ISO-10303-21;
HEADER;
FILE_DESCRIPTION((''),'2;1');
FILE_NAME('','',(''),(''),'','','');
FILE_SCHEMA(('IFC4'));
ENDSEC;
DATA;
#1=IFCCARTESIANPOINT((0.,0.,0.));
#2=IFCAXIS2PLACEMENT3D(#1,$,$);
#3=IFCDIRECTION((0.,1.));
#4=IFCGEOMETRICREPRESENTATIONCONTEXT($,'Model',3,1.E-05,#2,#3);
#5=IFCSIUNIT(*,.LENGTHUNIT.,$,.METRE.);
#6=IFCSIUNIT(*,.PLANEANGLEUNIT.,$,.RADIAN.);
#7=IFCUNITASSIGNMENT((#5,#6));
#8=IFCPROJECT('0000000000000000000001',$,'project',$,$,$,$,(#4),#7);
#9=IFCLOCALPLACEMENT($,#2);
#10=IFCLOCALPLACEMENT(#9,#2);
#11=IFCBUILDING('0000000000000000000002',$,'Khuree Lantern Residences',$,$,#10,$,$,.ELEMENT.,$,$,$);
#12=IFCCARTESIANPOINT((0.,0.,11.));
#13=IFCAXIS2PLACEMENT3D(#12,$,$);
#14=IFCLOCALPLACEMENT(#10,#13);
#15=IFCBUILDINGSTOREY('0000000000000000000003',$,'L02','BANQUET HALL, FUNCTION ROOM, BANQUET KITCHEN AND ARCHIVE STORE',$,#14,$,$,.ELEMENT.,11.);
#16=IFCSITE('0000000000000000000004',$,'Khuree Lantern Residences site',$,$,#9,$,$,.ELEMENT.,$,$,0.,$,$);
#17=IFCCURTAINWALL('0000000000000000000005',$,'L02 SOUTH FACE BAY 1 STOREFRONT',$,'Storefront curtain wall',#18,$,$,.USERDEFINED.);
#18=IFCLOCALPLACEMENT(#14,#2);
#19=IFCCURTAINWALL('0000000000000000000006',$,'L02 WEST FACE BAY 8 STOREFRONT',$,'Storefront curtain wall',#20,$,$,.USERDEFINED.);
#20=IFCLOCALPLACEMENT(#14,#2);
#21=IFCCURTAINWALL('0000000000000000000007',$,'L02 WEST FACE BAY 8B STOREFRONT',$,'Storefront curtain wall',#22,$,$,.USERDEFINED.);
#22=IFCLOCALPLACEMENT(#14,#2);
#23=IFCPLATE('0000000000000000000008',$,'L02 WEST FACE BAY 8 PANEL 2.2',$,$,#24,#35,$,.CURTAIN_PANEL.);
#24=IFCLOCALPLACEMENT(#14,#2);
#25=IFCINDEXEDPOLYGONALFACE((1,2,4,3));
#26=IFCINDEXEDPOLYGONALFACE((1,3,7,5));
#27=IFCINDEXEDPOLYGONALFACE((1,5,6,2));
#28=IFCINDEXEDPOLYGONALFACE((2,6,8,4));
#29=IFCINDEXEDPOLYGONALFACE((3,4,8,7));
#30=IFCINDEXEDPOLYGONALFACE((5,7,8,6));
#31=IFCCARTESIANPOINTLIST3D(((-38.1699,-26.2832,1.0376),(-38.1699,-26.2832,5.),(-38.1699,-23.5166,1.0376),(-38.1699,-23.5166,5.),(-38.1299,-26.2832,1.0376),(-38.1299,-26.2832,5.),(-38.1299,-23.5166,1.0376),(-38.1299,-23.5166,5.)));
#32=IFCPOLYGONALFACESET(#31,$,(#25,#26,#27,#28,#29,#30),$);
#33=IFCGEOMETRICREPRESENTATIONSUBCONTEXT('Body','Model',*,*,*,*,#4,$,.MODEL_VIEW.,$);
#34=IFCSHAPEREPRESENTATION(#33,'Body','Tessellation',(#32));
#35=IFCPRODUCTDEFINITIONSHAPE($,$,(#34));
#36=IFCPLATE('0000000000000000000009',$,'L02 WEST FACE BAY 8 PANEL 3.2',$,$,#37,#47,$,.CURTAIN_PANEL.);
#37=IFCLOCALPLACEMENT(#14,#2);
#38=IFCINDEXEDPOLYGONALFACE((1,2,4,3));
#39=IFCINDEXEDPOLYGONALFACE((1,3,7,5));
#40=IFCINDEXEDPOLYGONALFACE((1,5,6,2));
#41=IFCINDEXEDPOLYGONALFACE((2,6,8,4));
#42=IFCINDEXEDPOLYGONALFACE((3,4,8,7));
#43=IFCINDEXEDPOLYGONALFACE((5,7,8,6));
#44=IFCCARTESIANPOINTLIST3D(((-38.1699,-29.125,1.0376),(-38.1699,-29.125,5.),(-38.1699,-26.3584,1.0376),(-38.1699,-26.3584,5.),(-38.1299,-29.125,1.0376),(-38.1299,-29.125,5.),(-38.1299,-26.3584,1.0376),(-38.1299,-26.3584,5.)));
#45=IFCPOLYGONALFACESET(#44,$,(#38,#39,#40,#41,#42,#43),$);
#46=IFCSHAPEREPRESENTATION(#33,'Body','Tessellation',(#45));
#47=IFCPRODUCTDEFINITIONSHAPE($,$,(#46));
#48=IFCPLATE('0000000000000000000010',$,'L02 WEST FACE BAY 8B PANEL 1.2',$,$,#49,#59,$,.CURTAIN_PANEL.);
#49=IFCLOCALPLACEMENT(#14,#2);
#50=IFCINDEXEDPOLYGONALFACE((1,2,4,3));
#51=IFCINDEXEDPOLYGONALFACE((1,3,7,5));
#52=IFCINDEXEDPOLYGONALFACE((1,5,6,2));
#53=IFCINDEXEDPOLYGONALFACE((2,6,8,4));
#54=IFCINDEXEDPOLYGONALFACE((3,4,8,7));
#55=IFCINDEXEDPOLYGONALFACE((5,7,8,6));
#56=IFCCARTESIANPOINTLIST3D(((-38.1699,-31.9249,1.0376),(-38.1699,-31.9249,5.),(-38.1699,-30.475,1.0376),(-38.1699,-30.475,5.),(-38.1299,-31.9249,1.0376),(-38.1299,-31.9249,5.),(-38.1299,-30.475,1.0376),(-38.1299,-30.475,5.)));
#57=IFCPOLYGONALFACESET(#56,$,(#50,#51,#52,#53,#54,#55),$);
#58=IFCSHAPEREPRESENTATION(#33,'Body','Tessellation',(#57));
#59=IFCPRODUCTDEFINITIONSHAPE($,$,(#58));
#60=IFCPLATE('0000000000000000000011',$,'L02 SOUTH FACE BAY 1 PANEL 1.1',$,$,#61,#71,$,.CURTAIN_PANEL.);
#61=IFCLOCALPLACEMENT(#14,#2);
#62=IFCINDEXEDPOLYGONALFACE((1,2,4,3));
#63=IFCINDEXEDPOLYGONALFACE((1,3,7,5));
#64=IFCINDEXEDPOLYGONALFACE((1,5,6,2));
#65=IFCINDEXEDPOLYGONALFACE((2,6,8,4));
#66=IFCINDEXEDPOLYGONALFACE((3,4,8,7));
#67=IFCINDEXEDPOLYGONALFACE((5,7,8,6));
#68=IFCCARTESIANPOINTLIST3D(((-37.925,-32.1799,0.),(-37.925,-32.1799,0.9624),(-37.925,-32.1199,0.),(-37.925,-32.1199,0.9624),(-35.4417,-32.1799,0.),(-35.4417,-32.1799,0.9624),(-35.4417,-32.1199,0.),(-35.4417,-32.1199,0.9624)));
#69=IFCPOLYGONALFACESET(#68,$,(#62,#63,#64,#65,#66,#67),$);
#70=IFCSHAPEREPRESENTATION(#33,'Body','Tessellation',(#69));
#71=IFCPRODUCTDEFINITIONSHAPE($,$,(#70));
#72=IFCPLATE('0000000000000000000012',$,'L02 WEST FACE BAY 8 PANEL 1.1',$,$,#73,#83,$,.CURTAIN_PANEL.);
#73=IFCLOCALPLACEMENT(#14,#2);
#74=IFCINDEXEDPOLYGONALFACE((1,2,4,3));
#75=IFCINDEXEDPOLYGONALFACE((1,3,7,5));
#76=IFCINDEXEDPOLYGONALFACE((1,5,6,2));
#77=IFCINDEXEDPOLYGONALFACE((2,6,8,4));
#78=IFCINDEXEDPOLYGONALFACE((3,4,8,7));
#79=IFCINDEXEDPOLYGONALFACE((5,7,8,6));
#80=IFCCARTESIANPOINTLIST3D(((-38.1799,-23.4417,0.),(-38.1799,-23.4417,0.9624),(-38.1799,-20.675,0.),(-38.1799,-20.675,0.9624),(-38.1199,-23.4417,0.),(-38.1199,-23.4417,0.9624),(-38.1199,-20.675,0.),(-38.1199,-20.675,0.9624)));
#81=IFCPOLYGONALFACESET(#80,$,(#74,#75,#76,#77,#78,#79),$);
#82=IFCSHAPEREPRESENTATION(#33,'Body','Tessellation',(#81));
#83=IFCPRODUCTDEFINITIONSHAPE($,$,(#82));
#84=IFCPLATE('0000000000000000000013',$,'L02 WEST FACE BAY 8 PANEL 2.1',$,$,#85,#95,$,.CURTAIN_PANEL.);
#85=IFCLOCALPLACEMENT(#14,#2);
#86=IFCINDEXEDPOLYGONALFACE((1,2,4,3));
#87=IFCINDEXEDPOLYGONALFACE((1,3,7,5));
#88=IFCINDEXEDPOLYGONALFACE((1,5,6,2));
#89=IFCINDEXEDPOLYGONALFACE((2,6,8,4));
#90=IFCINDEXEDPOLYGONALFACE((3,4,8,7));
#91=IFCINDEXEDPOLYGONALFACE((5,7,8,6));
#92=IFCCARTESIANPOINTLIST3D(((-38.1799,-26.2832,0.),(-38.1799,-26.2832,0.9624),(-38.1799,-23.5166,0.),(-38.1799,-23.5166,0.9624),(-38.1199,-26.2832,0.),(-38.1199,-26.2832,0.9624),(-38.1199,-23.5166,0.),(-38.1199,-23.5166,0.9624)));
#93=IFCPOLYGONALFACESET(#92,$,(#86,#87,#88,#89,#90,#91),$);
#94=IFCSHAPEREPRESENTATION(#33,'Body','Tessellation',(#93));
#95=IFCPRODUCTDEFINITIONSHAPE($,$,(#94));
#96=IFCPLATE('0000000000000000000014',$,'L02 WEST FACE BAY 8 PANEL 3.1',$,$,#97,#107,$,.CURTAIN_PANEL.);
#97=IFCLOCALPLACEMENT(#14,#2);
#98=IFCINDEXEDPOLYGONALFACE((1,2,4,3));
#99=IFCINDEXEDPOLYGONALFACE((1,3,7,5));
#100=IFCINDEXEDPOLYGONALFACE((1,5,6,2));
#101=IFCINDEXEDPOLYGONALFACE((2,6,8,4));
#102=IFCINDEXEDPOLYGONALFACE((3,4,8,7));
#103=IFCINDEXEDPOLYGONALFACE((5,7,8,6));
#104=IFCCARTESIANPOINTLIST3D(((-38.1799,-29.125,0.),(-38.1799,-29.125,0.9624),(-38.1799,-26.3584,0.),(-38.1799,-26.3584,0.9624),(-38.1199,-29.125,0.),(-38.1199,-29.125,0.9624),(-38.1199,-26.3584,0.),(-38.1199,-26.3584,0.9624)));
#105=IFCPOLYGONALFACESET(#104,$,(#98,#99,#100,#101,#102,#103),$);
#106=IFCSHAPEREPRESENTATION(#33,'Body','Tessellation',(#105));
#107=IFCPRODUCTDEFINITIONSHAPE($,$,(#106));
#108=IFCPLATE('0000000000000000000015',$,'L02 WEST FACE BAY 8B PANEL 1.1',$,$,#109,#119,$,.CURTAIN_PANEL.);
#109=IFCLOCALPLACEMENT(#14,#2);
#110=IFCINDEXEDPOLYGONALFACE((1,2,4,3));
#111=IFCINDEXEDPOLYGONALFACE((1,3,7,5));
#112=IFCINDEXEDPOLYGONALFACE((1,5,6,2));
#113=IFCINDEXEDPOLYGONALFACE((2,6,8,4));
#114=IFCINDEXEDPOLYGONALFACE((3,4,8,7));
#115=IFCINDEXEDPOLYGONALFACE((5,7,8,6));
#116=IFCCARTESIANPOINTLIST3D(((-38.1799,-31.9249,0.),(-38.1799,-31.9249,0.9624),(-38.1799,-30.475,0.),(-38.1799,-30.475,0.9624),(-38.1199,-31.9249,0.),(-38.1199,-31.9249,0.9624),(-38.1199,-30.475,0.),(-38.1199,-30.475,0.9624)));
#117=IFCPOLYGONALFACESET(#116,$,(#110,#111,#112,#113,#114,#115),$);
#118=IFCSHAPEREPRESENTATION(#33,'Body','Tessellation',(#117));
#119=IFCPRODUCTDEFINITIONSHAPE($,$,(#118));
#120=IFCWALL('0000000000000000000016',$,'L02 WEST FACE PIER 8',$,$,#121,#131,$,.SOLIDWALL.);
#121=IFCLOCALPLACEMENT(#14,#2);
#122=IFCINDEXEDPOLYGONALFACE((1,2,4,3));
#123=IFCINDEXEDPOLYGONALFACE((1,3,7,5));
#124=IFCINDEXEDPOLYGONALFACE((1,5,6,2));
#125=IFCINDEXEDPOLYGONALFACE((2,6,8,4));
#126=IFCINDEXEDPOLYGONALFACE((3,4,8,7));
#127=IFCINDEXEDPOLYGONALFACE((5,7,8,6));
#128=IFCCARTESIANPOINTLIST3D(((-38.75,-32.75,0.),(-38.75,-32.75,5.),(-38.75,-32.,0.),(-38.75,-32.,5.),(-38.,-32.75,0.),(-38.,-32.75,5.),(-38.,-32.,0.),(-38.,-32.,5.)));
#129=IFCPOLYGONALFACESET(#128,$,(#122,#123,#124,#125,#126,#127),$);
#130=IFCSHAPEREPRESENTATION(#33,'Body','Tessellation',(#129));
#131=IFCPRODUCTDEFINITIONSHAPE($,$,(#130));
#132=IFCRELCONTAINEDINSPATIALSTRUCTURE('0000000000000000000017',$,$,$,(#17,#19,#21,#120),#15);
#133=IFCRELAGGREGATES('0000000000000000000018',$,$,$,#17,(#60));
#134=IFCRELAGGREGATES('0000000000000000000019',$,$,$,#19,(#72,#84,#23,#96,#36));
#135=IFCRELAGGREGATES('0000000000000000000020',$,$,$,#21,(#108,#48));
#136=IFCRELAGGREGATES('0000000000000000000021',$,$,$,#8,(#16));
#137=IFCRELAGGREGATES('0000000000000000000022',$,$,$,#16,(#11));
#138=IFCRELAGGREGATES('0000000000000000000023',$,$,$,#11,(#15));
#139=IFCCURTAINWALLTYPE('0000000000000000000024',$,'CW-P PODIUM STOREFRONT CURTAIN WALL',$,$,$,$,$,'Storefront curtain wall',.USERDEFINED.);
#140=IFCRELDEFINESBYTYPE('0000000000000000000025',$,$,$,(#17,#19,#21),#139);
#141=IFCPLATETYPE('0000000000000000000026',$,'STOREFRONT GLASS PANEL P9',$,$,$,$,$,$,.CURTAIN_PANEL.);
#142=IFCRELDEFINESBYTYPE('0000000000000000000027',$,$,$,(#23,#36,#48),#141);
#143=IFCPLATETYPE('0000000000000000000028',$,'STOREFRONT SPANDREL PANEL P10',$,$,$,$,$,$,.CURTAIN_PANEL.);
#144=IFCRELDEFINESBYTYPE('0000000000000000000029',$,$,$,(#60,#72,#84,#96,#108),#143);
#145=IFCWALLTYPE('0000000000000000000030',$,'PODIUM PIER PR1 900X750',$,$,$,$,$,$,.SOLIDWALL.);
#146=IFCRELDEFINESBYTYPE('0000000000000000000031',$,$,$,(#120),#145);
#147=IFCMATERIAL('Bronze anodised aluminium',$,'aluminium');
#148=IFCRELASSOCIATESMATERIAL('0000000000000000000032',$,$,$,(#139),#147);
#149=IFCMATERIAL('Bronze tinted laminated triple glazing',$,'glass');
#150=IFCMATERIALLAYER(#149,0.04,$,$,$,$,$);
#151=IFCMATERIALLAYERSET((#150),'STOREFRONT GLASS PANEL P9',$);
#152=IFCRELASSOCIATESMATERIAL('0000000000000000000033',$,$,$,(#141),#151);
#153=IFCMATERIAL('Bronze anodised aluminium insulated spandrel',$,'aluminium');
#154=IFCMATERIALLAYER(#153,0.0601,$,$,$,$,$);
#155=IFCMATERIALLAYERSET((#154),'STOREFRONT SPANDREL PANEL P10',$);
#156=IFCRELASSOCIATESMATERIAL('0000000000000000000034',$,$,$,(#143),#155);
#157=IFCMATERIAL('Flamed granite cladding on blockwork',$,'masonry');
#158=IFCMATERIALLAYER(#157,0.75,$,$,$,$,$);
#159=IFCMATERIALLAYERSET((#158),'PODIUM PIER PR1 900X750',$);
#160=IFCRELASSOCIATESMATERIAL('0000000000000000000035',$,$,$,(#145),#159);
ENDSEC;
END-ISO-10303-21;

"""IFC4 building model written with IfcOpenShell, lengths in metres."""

from ifc_helpers import new_model, si_unit, direction, frame, frame_2d, origin, origin_2d, place, context, subcontext, project, spatial, rectangle, extrude, material, layer, layer_set, type_object, element, aggregate, save


model = new_model("IFC4")

# Units and contexts
model_context = context("Model", 3, precision=1e-05, world=origin(), true_north=direction((0.0, 1.0)))
body_context = subcontext(model_context, "Body", "Model", "MODEL_VIEW")
ifc_project = project(units=[si_unit("LENGTHUNIT", "METRE"), si_unit("PLANEANGLEUNIT", "RADIAN")], contexts=[model_context])

# Site, building, storey
site_placement = place(None, origin())
site = spatial("IfcSite", under=ifc_project, at=site_placement, Name="Khuree Lantern Residences site", CompositionType="ELEMENT", RefElevation=0.0)
building_placement = place(site_placement, origin())
building = spatial("IfcBuilding", under=site, at=building_placement, Name="Khuree Lantern Residences", CompositionType="ELEMENT")
storey_placement = place(building_placement, frame((0.0, 0.0, 11.0)))
storey = spatial("IfcBuildingStorey", under=building, at=storey_placement, Name="L02", Description="BANQUET HALL, FUNCTION ROOM, BANQUET KITCHEN AND ARCHIVE STORE", CompositionType="ELEMENT", Elevation=11.0)

# Curtain wall
ifc_material_1 = material(Name="Bronze anodised aluminium", Category="aluminium")
curtain_wall_type = type_object("IfcCurtainWallType", Name="CW-P PODIUM STOREFRONT CURTAIN WALL", ElementType="Storefront curtain wall", PredefinedType="USERDEFINED", material=ifc_material_1)
curtain_wall_1_placement = place(storey_placement, origin())
curtain_wall_1 = element("IfcCurtainWall", 1, at=curtain_wall_1_placement, inside=storey, type_object=curtain_wall_type, Name="L02 SOUTH FACE BAY 1 STOREFRONT", ObjectType="Storefront curtain wall", PredefinedType="USERDEFINED")

# Curtain walls
curtain_wall_2_placement = place(storey_placement, origin())
curtain_wall_2 = element("IfcCurtainWall", 2, at=curtain_wall_2_placement, inside=storey, type_object=curtain_wall_type, Name="L02 WEST FACE BAY 8 STOREFRONT", ObjectType="Storefront curtain wall", PredefinedType="USERDEFINED")
curtain_wall_3_placement = place(storey_placement, origin())
curtain_wall_3 = element("IfcCurtainWall", 3, at=curtain_wall_3_placement, inside=storey, type_object=curtain_wall_type, Name="L02 WEST FACE BAY 8B STOREFRONT", ObjectType="Storefront curtain wall", PredefinedType="USERDEFINED")

# Plates
ifc_material_2 = material(Name="Bronze tinted laminated triple glazing", Category="glass")
ifc_layer_1 = layer(ifc_material_2, 0.04)
ifc_layer_set_1 = layer_set([ifc_layer_1], Name="STOREFRONT GLASS PANEL P9")
plate_type_1 = type_object("IfcPlateType", Name="STOREFRONT GLASS PANEL P9", PredefinedType="CURTAIN_PANEL", material=ifc_layer_set_1)
plate_1_placement = place(storey_placement, frame((-38.1499, -24.8999, 1.0376), z_axis=(0.0, 0.0, 1.0), x_axis=(0.0, -1.0, 0.0)))
plate_1 = element("IfcPlate", 4, at=plate_1_placement, type_object=plate_type_1, Name="L02 WEST FACE BAY 8 PANEL 2.2", PredefinedType="CURTAIN_PANEL", context=body_context, shape_type="SweptSolid", body=[
    extrude(rectangle(XDim=2.7666, YDim=0.04, at=origin_2d()), origin(), (0.0, 0.0, 1.0), 3.9624),
])
plate_2_placement = place(storey_placement, frame((-38.1499, -27.7417, 1.0376), z_axis=(0.0, 0.0, 1.0), x_axis=(0.0, -1.0, 0.0)))
plate_2 = element("IfcPlate", 5, at=plate_2_placement, type_object=plate_type_1, Name="L02 WEST FACE BAY 8 PANEL 3.2", PredefinedType="CURTAIN_PANEL", context=body_context, shape_type="SweptSolid", body=[
    extrude(rectangle(XDim=2.7666, YDim=0.04, at=origin_2d()), origin(), (0.0, 0.0, 1.0), 3.9624),
])
plate_3_placement = place(storey_placement, frame((-38.1499, -31.2, 1.0376), z_axis=(0.0, 0.0, 1.0), x_axis=(0.0, -1.0, 0.0)))
plate_3 = element("IfcPlate", 6, at=plate_3_placement, type_object=plate_type_1, Name="L02 WEST FACE BAY 8B PANEL 1.2", PredefinedType="CURTAIN_PANEL", context=body_context, shape_type="SweptSolid", body=[
    extrude(rectangle(XDim=1.45, YDim=0.04, at=origin_2d()), origin(), (0.0, 0.0, 1.0), 3.9624),
])
ifc_material_3 = material(Name="Bronze anodised aluminium insulated spandrel", Category="aluminium")
ifc_layer_2 = layer(ifc_material_3, 0.0601)
ifc_layer_set_2 = layer_set([ifc_layer_2], Name="STOREFRONT SPANDREL PANEL P10")
plate_type_2 = type_object("IfcPlateType", Name="STOREFRONT SPANDREL PANEL P10", PredefinedType="CURTAIN_PANEL", material=ifc_layer_set_2)
plate_4_placement = place(storey_placement, frame((-36.6833, -32.1499, 0.0), z_axis=(0.0, 0.0, 1.0), x_axis=(1.0, 0.0, 0.0)))
plate_4 = element("IfcPlate", 7, at=plate_4_placement, type_object=plate_type_2, Name="L02 SOUTH FACE BAY 1 PANEL 1.1", PredefinedType="CURTAIN_PANEL", context=body_context, shape_type="SweptSolid", body=[
    extrude(rectangle(XDim=2.4834, YDim=0.0601, at=origin_2d()), origin(), (0.0, 0.0, 1.0), 0.9624),
])
aggregate(curtain_wall_1, [plate_4])
plate_5_placement = place(storey_placement, frame((-38.1499, -22.0583, 0.0), z_axis=(0.0, 0.0, 1.0), x_axis=(0.0, -1.0, 0.0)))
plate_5 = element("IfcPlate", 8, at=plate_5_placement, type_object=plate_type_2, Name="L02 WEST FACE BAY 8 PANEL 1.1", PredefinedType="CURTAIN_PANEL", context=body_context, shape_type="SweptSolid", body=[
    extrude(rectangle(XDim=2.7666, YDim=0.0601, at=origin_2d()), origin(), (0.0, 0.0, 1.0), 0.9624),
])
plate_6_placement = place(storey_placement, frame((-38.1499, -24.8999, 0.0), z_axis=(0.0, 0.0, 1.0), x_axis=(0.0, -1.0, 0.0)))
plate_6 = element("IfcPlate", 9, at=plate_6_placement, type_object=plate_type_2, Name="L02 WEST FACE BAY 8 PANEL 2.1", PredefinedType="CURTAIN_PANEL", context=body_context, shape_type="SweptSolid", body=[
    extrude(rectangle(XDim=2.7666, YDim=0.0601, at=origin_2d()), origin(), (0.0, 0.0, 1.0), 0.9624),
])
plate_7_placement = place(storey_placement, frame((-38.1499, -27.7417, 0.0), z_axis=(0.0, 0.0, 1.0), x_axis=(0.0, -1.0, 0.0)))
plate_7 = element("IfcPlate", 10, at=plate_7_placement, type_object=plate_type_2, Name="L02 WEST FACE BAY 8 PANEL 3.1", PredefinedType="CURTAIN_PANEL", context=body_context, shape_type="SweptSolid", body=[
    extrude(rectangle(XDim=2.7666, YDim=0.0601, at=origin_2d()), origin(), (0.0, 0.0, 1.0), 0.9624),
])
aggregate(curtain_wall_2, [plate_5, plate_6, plate_1, plate_7, plate_2])
plate_8_placement = place(storey_placement, frame((-38.1499, -31.2, 0.0), z_axis=(0.0, 0.0, 1.0), x_axis=(0.0, -1.0, 0.0)))
plate_8 = element("IfcPlate", 11, at=plate_8_placement, type_object=plate_type_2, Name="L02 WEST FACE BAY 8B PANEL 1.1", PredefinedType="CURTAIN_PANEL", context=body_context, shape_type="SweptSolid", body=[
    extrude(rectangle(XDim=1.45, YDim=0.0601, at=origin_2d()), origin(), (0.0, 0.0, 1.0), 0.9624),
])
aggregate(curtain_wall_3, [plate_8, plate_3])

# Wall
ifc_material_4 = material(Name="Flamed granite cladding on blockwork", Category="masonry")
ifc_layer_3 = layer(ifc_material_4, 0.75)
ifc_layer_set_3 = layer_set([ifc_layer_3], Name="PODIUM PIER PR1 900X750")
wall_type = type_object("IfcWallType", Name="PODIUM PIER PR1 900X750", PredefinedType="SOLIDWALL", material=ifc_layer_set_3)
wall_placement = place(storey_placement, frame((-38.375, -32.0, 0.0), z_axis=(0.0, 0.0, 1.0), x_axis=(0.0, -1.0, 0.0)))
element("IfcWall", 12, at=wall_placement, inside=storey, type_object=wall_type, Name="L02 WEST FACE PIER 8", PredefinedType="SOLIDWALL", context=body_context, shape_type="SweptSolid", body=[
    extrude(rectangle(XDim=0.75, YDim=0.75, at=frame_2d((0.375, 0.0))), origin(), (0.0, 0.0, 1.0), 5.0),
])

save(model, "model.ifc")
